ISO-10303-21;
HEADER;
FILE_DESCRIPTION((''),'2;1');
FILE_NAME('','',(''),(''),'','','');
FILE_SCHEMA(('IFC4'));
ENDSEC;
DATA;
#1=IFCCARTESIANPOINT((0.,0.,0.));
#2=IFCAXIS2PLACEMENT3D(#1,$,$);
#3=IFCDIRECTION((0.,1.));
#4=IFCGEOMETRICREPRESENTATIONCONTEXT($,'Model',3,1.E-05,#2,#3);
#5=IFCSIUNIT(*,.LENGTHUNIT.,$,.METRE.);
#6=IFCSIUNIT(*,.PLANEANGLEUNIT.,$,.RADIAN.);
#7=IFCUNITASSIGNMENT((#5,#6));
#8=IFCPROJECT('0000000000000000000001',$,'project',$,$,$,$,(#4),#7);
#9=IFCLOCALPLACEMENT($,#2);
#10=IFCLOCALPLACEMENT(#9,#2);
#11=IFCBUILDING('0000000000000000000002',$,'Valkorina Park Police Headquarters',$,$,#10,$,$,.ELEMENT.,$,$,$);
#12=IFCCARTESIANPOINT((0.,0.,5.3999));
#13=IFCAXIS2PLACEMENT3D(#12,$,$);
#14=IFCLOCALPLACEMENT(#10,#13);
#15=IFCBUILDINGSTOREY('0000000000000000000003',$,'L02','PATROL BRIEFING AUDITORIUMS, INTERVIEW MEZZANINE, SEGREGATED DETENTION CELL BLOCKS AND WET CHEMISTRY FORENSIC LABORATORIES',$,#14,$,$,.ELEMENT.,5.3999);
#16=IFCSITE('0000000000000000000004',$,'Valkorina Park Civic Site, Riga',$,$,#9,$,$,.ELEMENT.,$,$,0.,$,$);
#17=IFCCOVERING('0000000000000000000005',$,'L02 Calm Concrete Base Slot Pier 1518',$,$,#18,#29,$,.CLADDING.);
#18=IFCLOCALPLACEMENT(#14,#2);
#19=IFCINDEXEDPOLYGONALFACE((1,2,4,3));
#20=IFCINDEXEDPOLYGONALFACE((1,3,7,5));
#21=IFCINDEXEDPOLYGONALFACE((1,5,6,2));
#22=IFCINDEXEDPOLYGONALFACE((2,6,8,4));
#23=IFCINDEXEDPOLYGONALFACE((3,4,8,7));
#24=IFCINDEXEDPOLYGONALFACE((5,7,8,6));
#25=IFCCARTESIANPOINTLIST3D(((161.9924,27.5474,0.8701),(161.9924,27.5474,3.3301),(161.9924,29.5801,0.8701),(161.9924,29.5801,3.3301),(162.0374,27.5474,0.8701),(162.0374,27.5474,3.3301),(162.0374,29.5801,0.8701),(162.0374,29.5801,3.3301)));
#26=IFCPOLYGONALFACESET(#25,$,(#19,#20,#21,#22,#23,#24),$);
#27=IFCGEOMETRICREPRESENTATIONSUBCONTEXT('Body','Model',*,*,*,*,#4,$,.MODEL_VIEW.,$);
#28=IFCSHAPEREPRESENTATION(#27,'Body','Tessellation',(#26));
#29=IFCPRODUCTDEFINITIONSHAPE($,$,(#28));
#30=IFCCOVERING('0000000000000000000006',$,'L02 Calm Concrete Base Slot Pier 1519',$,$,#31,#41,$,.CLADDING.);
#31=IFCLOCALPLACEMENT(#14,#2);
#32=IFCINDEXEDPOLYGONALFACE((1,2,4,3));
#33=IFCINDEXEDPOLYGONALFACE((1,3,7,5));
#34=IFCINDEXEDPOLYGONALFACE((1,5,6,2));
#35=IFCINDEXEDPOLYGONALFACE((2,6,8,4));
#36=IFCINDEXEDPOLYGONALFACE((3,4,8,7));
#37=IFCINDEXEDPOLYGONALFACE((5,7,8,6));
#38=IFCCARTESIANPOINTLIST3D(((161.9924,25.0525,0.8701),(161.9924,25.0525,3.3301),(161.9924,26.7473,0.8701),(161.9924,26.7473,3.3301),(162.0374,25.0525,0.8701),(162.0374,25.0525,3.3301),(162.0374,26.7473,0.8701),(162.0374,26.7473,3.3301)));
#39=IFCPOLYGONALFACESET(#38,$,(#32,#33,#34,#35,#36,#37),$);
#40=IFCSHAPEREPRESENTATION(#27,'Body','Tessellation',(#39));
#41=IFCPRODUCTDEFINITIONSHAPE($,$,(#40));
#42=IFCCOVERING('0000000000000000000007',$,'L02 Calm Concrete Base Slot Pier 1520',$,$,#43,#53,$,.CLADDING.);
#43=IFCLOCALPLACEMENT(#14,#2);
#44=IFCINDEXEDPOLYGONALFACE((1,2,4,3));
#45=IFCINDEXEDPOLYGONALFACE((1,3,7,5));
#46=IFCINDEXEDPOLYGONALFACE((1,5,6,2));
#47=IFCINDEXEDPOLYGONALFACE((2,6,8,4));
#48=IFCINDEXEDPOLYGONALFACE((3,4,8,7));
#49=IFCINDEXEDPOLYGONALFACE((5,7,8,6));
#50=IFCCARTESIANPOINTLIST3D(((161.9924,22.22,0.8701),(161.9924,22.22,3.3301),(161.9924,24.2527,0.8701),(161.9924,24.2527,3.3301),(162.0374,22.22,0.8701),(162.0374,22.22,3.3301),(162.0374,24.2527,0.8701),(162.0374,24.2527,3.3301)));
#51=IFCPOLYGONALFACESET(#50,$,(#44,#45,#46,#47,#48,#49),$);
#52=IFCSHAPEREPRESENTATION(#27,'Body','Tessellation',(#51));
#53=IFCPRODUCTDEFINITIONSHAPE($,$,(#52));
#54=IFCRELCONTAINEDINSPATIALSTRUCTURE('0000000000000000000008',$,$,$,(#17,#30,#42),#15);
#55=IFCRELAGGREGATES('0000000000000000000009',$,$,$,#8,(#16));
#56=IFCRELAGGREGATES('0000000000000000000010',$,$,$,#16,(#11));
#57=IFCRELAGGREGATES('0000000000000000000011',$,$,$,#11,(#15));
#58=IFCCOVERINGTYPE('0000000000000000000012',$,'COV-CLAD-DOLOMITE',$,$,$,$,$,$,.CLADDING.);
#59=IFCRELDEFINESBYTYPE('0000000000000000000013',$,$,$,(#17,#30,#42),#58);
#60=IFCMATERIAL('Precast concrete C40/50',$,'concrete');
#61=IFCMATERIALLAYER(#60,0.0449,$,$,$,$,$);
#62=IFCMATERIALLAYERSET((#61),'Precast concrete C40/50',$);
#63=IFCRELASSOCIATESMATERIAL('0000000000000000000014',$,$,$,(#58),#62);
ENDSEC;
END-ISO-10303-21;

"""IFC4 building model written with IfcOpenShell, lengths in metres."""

from ifc_helpers import new_model, si_unit, direction, frame, frame_2d, origin, place, context, subcontext, project, spatial, rectangle, extrude, material, layer, layer_set, type_object, element, save


model = new_model("IFC4")

# Units and contexts
model_context = context("Model", 3, precision=1e-05, world=origin(), true_north=direction((0.0, 1.0)))
body_context = subcontext(model_context, "Body", "Model", "MODEL_VIEW")
ifc_project = project(units=[si_unit("LENGTHUNIT", "METRE"), si_unit("PLANEANGLEUNIT", "RADIAN")], contexts=[model_context])

# Site, building, storey
site_placement = place(None, origin())
site = spatial("IfcSite", under=ifc_project, at=site_placement, Name="Valkorina Park Civic Site, Riga", CompositionType="ELEMENT", RefElevation=0.0)
building_placement = place(site_placement, origin())
building = spatial("IfcBuilding", under=site, at=building_placement, Name="Valkorina Park Police Headquarters", CompositionType="ELEMENT")
storey_placement = place(building_placement, frame((0.0, 0.0, 5.3999)))
storey = spatial("IfcBuildingStorey", under=building, at=storey_placement, Name="L02", Description="PATROL BRIEFING AUDITORIUMS, INTERVIEW MEZZANINE, SEGREGATED DETENTION CELL BLOCKS AND WET CHEMISTRY FORENSIC LABORATORIES", CompositionType="ELEMENT", Elevation=5.3999)

# Shared definitions
ifc_material_1 = material(Name="Precast concrete C40/50", Category="concrete")

# Coverings
ifc_layer_1 = layer(ifc_material_1, 0.0449)
ifc_layer_set_1 = layer_set([ifc_layer_1], Name="Precast concrete C40/50")
covering_type = type_object("IfcCoveringType", Name="COV-CLAD-DOLOMITE", PredefinedType="CLADDING", material=ifc_layer_set_1)
covering_1_placement = place(storey_placement, frame((162.0149, 29.5801, 0.8701), z_axis=(0.0, 0.0, 1.0), x_axis=(0.0, -1.0, 0.0)))
element("IfcCovering", 1, at=covering_1_placement, inside=storey, type_object=covering_type, Name="L02 Calm Concrete Base Slot Pier 1518", PredefinedType="CLADDING", context=body_context, shape_type="SweptSolid", body=[
    extrude(rectangle(XDim=2.0327, YDim=0.0449, at=frame_2d((1.0164, 0.0))), origin(), (0.0, 0.0, 1.0), 2.46),
])
covering_2_placement = place(storey_placement, frame((162.0149, 26.7473, 0.8701), z_axis=(0.0, 0.0, 1.0), x_axis=(0.0, -1.0, 0.0)))
element("IfcCovering", 2, at=covering_2_placement, inside=storey, type_object=covering_type, Name="L02 Calm Concrete Base Slot Pier 1519", PredefinedType="CLADDING", context=body_context, shape_type="SweptSolid", body=[
    extrude(rectangle(XDim=1.6948, YDim=0.0449, at=frame_2d((0.8474, 0.0))), origin(), (0.0, 0.0, 1.0), 2.46),
])
covering_3_placement = place(storey_placement, frame((162.0149, 24.2527, 0.8701), z_axis=(0.0, 0.0, 1.0), x_axis=(0.0, -1.0, 0.0)))
element("IfcCovering", 3, at=covering_3_placement, inside=storey, type_object=covering_type, Name="L02 Calm Concrete Base Slot Pier 1520", PredefinedType="CLADDING", context=body_context, shape_type="SweptSolid", body=[
    extrude(rectangle(XDim=2.0327, YDim=0.0449, at=frame_2d((1.0164, 0.0))), origin(), (0.0, 0.0, 1.0), 2.46),
])

save(model, "model.ifc")
